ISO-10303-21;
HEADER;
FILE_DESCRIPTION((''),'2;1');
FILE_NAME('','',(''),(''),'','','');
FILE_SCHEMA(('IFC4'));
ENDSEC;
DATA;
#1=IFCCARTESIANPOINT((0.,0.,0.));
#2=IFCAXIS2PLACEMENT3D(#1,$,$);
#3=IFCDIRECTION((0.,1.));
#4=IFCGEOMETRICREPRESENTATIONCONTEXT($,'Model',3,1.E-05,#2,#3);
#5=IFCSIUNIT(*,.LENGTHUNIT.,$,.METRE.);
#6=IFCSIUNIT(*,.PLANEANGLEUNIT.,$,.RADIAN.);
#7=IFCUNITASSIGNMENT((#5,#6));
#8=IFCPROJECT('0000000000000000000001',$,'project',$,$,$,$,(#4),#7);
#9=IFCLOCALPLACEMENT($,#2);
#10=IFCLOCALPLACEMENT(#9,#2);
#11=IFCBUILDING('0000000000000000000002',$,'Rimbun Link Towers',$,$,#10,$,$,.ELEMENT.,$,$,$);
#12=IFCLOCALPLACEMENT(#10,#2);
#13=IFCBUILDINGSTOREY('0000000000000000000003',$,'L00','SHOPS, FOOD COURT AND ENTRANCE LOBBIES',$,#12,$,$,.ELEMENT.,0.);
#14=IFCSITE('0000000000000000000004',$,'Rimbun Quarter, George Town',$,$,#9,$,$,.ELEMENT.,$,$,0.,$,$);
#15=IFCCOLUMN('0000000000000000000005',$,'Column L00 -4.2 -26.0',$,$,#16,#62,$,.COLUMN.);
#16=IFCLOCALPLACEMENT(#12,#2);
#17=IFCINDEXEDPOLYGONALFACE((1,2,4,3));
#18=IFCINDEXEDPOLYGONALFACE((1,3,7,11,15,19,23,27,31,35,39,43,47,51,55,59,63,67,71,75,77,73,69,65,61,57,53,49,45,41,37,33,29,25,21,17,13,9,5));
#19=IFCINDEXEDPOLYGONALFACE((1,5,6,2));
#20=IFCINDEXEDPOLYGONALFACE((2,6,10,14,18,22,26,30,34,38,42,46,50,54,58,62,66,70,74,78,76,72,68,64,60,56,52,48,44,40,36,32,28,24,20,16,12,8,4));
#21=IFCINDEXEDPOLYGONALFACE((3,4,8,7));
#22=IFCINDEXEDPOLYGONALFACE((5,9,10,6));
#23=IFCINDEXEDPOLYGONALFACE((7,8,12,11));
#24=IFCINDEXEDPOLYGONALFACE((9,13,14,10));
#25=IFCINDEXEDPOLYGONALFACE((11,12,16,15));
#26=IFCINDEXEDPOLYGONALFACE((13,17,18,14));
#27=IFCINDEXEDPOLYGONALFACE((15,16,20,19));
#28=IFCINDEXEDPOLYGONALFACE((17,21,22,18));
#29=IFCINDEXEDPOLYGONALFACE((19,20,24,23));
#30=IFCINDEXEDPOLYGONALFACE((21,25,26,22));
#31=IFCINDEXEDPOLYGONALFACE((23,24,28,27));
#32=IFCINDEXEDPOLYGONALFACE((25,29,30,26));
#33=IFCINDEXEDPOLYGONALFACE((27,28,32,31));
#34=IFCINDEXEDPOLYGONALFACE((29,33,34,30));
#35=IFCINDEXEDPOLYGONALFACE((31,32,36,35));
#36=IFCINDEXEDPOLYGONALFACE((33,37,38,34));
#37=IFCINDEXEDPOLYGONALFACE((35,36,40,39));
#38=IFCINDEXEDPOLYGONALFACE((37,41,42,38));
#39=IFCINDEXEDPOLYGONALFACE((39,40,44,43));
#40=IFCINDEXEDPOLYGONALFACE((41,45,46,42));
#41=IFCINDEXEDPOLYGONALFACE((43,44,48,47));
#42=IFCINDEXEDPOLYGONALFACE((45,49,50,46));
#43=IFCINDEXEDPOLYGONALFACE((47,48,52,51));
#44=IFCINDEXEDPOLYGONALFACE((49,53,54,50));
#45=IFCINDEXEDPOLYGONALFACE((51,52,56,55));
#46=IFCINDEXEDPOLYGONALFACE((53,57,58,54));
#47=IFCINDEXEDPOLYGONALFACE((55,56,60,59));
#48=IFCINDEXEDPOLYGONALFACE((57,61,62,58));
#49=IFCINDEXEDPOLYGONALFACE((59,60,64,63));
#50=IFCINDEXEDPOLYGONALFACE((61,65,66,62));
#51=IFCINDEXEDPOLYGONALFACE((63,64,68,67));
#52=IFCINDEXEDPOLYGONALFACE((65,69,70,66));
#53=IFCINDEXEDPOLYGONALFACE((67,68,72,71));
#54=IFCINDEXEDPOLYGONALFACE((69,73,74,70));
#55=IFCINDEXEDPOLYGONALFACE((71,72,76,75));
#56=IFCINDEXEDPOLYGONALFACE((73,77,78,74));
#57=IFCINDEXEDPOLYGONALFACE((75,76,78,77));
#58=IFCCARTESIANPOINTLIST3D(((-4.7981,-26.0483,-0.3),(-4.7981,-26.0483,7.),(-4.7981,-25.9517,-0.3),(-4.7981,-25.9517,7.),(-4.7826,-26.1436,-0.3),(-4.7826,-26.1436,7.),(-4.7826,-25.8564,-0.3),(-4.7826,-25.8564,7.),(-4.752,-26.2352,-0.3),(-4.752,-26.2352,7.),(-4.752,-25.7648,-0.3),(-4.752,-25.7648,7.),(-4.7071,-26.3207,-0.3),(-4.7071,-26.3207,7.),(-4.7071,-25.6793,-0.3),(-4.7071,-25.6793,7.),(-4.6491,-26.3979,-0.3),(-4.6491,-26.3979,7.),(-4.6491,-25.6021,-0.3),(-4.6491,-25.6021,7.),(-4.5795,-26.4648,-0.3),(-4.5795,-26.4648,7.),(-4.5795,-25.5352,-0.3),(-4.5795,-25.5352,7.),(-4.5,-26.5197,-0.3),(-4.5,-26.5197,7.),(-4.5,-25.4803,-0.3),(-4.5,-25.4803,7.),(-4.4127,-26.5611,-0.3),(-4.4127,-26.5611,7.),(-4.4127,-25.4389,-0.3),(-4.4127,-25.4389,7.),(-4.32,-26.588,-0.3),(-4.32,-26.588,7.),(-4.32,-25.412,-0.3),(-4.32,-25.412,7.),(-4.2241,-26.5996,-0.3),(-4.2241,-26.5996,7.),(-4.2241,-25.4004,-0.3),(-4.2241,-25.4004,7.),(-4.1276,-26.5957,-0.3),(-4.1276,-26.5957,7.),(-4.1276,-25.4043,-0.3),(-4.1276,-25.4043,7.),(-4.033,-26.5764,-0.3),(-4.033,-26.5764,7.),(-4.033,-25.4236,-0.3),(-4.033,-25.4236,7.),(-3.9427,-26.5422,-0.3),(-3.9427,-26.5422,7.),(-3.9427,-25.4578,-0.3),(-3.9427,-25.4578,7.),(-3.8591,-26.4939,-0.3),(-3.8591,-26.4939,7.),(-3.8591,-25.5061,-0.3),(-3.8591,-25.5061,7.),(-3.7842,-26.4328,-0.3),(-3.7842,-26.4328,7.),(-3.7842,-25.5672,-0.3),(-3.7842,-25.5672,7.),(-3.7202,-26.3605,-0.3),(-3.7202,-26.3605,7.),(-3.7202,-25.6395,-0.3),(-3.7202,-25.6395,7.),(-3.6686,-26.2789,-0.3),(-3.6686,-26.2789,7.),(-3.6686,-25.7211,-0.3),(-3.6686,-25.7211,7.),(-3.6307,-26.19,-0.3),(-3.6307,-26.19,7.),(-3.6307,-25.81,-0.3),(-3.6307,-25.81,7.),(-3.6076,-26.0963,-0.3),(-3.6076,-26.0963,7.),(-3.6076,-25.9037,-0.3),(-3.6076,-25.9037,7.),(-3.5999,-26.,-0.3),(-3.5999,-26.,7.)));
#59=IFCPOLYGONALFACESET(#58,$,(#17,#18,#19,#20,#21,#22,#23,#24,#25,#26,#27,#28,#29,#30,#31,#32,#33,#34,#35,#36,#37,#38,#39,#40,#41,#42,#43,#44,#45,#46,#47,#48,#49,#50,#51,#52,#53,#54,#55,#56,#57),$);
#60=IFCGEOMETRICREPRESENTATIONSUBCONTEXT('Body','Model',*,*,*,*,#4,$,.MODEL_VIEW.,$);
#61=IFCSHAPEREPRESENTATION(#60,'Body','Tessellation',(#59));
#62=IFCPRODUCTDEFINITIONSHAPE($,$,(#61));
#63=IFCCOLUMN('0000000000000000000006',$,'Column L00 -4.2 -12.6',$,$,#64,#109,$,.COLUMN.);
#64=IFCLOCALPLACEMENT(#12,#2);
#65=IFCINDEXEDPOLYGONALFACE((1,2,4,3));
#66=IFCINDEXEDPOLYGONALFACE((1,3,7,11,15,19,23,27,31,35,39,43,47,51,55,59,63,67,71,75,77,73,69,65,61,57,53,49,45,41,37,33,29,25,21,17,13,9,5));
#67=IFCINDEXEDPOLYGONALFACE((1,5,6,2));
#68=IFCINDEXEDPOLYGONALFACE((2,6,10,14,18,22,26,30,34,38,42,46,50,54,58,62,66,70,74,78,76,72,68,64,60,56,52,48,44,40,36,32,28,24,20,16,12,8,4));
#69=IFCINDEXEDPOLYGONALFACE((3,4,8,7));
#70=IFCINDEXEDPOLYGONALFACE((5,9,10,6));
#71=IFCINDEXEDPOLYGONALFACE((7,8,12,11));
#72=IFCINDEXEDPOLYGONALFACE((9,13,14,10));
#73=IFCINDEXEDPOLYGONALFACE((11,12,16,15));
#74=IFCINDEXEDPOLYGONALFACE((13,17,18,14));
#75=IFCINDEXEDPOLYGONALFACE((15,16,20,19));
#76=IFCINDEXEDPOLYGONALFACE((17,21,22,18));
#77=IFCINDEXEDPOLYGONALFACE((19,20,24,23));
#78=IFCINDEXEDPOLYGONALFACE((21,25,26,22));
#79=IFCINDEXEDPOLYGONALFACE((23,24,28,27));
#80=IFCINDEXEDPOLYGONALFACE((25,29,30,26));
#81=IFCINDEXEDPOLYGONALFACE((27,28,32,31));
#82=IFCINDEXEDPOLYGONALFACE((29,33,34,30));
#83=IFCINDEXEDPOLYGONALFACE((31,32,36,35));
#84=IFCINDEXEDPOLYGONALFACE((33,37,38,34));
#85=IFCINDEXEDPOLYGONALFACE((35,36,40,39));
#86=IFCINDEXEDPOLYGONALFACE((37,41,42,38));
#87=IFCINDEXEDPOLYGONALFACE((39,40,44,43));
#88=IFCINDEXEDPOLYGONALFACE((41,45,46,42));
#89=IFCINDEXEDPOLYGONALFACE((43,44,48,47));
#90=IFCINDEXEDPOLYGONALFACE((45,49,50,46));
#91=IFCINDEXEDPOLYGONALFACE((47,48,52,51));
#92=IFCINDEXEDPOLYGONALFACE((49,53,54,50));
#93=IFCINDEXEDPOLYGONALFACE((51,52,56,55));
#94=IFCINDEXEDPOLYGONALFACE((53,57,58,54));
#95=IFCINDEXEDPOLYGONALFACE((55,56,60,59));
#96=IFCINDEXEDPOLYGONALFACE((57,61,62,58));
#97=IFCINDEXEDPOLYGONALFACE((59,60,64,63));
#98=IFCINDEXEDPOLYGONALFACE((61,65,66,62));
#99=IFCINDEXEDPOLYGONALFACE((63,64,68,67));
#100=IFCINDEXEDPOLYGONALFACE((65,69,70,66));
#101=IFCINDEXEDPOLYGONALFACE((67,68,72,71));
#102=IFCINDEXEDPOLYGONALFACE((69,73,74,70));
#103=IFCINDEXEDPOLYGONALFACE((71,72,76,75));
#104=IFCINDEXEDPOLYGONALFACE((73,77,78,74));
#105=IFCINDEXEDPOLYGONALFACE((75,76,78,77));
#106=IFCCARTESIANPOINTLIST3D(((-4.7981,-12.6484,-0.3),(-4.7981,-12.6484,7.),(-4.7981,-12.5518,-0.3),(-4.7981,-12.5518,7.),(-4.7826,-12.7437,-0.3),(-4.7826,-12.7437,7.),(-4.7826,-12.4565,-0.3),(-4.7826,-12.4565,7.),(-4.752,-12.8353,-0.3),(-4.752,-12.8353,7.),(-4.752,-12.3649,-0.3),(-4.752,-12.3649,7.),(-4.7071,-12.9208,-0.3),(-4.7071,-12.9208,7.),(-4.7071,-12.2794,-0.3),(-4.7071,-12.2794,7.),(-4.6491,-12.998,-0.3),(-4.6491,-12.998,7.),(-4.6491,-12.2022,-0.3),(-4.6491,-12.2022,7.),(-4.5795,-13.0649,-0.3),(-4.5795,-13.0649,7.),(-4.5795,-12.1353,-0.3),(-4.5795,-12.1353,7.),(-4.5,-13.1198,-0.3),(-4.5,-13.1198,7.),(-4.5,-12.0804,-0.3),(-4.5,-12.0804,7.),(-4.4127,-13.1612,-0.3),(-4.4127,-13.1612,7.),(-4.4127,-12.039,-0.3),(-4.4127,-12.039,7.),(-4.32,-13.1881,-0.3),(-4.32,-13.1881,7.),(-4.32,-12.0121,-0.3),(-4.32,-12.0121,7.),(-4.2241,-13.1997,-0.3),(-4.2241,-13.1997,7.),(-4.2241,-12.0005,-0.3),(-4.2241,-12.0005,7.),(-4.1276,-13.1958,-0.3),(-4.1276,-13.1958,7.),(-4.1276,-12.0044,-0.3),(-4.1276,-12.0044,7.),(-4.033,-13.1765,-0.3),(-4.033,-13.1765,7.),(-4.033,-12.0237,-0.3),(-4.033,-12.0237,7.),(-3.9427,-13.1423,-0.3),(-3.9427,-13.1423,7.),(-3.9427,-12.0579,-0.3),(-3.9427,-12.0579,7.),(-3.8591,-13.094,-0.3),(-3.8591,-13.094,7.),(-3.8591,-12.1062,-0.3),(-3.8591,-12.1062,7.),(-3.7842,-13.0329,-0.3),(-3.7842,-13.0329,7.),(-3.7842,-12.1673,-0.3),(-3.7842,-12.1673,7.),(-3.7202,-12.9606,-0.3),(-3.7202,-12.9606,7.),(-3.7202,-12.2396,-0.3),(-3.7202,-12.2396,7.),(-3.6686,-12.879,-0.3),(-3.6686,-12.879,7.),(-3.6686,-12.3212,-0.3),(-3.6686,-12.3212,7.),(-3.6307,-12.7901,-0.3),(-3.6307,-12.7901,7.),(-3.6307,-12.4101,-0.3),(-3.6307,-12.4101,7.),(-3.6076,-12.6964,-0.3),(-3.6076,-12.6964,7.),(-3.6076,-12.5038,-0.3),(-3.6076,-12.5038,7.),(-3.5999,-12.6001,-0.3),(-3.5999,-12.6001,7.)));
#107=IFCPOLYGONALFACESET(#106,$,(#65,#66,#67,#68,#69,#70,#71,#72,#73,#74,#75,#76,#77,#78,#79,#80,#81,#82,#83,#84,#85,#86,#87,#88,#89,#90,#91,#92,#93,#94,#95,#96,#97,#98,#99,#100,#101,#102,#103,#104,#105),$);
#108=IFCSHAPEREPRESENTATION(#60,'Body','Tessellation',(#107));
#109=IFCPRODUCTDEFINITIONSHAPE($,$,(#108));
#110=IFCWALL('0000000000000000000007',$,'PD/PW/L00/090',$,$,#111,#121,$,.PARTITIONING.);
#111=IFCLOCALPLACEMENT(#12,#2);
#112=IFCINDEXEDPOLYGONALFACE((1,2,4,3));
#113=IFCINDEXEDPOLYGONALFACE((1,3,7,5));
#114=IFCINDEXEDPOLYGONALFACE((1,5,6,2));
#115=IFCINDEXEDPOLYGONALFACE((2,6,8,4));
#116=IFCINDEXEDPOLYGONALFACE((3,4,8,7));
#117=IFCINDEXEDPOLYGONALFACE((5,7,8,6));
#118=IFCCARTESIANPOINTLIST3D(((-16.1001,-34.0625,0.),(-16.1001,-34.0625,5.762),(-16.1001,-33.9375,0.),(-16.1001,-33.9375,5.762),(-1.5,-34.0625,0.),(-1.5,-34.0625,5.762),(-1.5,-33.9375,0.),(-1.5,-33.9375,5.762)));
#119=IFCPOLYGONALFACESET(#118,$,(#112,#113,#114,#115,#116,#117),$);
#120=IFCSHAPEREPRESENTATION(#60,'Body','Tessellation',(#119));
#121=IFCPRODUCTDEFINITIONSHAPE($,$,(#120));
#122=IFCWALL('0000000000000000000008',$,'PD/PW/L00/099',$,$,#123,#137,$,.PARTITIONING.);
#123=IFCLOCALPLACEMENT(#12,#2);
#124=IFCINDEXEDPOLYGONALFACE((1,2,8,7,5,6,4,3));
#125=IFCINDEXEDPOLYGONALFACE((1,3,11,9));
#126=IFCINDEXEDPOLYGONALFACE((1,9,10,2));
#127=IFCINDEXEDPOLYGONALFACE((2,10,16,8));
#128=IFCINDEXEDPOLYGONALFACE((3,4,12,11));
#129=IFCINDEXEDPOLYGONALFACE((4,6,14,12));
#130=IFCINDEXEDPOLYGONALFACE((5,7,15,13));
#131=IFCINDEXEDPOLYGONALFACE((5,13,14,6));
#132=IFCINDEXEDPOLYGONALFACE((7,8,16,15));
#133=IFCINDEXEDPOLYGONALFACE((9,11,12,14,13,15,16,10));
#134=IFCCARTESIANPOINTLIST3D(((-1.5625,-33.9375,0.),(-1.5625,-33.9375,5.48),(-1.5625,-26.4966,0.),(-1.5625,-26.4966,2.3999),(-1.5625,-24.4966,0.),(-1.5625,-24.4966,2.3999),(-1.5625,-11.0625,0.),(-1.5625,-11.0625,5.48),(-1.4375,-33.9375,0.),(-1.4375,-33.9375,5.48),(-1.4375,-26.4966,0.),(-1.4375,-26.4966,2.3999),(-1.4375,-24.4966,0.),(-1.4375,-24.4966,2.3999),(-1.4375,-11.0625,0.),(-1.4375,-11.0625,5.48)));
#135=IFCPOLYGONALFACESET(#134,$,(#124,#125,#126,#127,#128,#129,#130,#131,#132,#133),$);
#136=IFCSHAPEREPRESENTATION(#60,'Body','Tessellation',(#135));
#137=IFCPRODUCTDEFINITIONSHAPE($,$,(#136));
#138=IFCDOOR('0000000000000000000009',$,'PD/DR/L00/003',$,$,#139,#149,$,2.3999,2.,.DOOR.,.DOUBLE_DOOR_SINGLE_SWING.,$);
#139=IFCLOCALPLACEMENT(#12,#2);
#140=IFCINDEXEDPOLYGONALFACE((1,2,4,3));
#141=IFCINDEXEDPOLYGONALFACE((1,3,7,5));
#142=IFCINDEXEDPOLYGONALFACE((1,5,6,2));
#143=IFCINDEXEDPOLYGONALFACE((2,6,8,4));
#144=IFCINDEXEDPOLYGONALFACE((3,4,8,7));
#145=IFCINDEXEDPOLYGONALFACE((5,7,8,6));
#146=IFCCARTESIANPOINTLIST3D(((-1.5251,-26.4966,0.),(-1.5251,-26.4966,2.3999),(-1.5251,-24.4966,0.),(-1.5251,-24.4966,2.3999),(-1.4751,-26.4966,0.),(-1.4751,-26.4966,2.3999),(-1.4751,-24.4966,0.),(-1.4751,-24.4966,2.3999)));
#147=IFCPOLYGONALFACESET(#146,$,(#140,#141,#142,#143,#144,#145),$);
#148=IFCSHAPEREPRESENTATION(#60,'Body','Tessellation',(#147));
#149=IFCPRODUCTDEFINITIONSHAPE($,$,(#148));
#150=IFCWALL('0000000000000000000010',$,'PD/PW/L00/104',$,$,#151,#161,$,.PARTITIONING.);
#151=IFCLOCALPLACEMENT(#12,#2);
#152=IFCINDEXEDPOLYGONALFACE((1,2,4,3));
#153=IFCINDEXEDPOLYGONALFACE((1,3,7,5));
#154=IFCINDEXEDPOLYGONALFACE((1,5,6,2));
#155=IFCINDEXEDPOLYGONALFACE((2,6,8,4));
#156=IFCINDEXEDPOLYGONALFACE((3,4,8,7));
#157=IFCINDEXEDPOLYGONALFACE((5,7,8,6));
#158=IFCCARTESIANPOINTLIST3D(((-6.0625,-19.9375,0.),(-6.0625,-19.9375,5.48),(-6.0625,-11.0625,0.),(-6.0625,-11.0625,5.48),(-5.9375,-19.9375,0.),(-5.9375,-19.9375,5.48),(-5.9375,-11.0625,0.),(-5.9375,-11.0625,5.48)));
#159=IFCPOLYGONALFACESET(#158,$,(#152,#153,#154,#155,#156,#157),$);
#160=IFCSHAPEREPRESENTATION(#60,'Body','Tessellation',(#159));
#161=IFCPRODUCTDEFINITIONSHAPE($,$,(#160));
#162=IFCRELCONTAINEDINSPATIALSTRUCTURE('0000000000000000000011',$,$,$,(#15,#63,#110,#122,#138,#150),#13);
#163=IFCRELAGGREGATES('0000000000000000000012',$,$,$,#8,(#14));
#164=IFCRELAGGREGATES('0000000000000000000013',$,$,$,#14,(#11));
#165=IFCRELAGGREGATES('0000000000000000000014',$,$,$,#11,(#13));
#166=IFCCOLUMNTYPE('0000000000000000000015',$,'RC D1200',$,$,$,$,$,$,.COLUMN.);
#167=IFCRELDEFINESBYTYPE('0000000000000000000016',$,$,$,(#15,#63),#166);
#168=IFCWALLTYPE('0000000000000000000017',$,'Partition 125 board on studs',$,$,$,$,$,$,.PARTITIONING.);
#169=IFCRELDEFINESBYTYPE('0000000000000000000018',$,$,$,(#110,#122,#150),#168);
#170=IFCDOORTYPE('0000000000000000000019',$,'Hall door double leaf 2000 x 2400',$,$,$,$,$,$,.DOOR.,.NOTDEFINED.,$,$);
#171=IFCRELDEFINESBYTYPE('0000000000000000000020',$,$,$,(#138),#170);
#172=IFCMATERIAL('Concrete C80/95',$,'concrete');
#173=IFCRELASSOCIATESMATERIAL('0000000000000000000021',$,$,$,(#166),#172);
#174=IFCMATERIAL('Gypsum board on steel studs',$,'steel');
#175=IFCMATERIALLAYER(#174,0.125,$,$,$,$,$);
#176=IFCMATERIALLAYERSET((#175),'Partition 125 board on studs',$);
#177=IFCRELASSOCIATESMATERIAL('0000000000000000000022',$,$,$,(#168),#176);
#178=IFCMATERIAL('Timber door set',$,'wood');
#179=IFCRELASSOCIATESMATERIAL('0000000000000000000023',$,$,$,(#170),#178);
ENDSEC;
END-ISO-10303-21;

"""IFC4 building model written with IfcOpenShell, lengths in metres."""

from ifc_helpers import new_model, si_unit, direction, frame, frame_2d, origin, origin_2d, place, context, subcontext, project, spatial, rectangle, circle, extrude, material, layer, layer_set, material_profile, profile_set, type_object, element, fill, save


model = new_model("IFC4")

# Units and contexts
model_context = context("Model", 3, precision=1e-05, world=origin(), true_north=direction((0.0, 1.0)))
body_context = subcontext(model_context, "Body", "Model", "MODEL_VIEW")
ifc_project = project(units=[si_unit("LENGTHUNIT", "METRE"), si_unit("PLANEANGLEUNIT", "RADIAN")], contexts=[model_context])

# Site, building, storey
site_placement = place(None, origin())
site = spatial("IfcSite", under=ifc_project, at=site_placement, Name="Rimbun Quarter, George Town", CompositionType="ELEMENT", RefElevation=0.0)
building_placement = place(site_placement, origin())
building = spatial("IfcBuilding", under=site, at=building_placement, Name="Rimbun Link Towers", CompositionType="ELEMENT")
storey_placement = place(building_placement, origin())
storey = spatial("IfcBuildingStorey", under=building, at=storey_placement, Name="L00", Description="SHOPS, FOOD COURT AND ENTRANCE LOBBIES", CompositionType="ELEMENT", Elevation=0.0)

# Columns
ifc_material_1 = material(Name="Concrete C80/95", Category="concrete")
ifc_material_profile_1 = material_profile(ifc_material_1, circle(Radius=0.6001, at=origin_2d()), Name="RC D1200")
ifc_profile_set_1 = profile_set([ifc_material_profile_1], Name="Concrete C80/95")
column_type = type_object("IfcColumnType", Name="RC D1200", PredefinedType="COLUMN", material=ifc_profile_set_1)
for number, where, z_axis, x_axis, name in (
    (1, (-4.2, -26.0, -0.3), (0.0, 0.0, 1.0), (1.0, 0.0, 0.0), "Column L00 -4.2 -26.0"),
    (2, (-4.2, -12.6001, -0.3), (0.0, 0.0, 1.0), (1.0, 0.0, 0.0), "Column L00 -4.2 -12.6"),
):
    element("IfcColumn", number, at=place(storey_placement, frame(where, z_axis=z_axis, x_axis=x_axis)), inside=storey, type_object=column_type, Name=name, PredefinedType="COLUMN", context=body_context, shape_type="SweptSolid", body=[
        extrude(circle(Radius=0.6001, at=origin_2d()), origin(), (0.0, 0.0, 1.0), 7.3),
    ])

# Wall
ifc_material_2 = material(Name="Gypsum board on steel studs", Category="steel")
ifc_layer = layer(ifc_material_2, 0.125)
ifc_layer_set = layer_set([ifc_layer], Name="Partition 125 board on studs")
wall_type = type_object("IfcWallType", Name="Partition 125 board on studs", PredefinedType="PARTITIONING", material=ifc_layer_set)
wall_1_placement = place(storey_placement, frame((-1.5, -34.0, 0.0), z_axis=(0.0, 0.0, 1.0), x_axis=(-1.0, 0.0, 0.0)))
element("IfcWall", 3, at=wall_1_placement, inside=storey, type_object=wall_type, Name="PD/PW/L00/090", PredefinedType="PARTITIONING", context=body_context, shape_type="SweptSolid", body=[
    extrude(rectangle(XDim=14.6001, YDim=0.125, at=frame_2d((7.3, 0.0))), origin(), (0.0, 0.0, 1.0), 5.762),
])

# Wall, opening, door
wall_2_placement = place(storey_placement, frame((-1.5, -11.0625, 0.0), z_axis=(0.0, 0.0, 1.0), x_axis=(0.0, -1.0, 0.0)))
wall_2 = element("IfcWall", 4, at=wall_2_placement, inside=storey, type_object=wall_type, Name="PD/PW/L00/099", PredefinedType="PARTITIONING", context=body_context, shape_type="SweptSolid", body=[
    extrude(rectangle(XDim=22.875, YDim=0.125, at=frame_2d((11.4375, 0.0))), origin(), (0.0, 0.0, 1.0), 5.48),
])
opening_placement = place(wall_2_placement, frame((13.4341, 0.0, 0.0)))
opening = element("IfcOpeningElement", 5, at=opening_placement, cuts=wall_2, PredefinedType="OPENING", context=body_context, shape_type="SweptSolid", body=[
    extrude(rectangle(XDim=2.0, YDim=2.3999, at=frame_2d((1.0, 1.2))), frame((0.0, 0.0725, 0.0), z_axis=(0.0, -1.0, 0.0), x_axis=(1.0, 0.0, 0.0)), (0.0, 0.0, 1.0), 0.145),
])
ifc_material_3 = material(Name="Timber door set", Category="wood")
door_type = type_object("IfcDoorType", Name="Hall door double leaf 2000 x 2400", OperationType="NOTDEFINED", PredefinedType="DOOR", material=ifc_material_3)
door_placement = place(opening_placement, origin())
door = element("IfcDoor", 6, at=door_placement, inside=storey, type_object=door_type, Name="PD/DR/L00/003", OperationType="DOUBLE_DOOR_SINGLE_SWING", OverallHeight=2.3999, OverallWidth=2.0, PredefinedType="DOOR", context=body_context, shape_type="SweptSolid", body=[
    extrude(rectangle(XDim=2.0, YDim=2.3999, at=frame_2d((1.0, 1.2))), frame((0.0, 0.0249, 0.0), z_axis=(0.0, -1.0, 0.0), x_axis=(1.0, 0.0, 0.0)), (0.0, 0.0, 1.0), 0.05),
])
fill(opening, door)

# Wall
wall_3_placement = place(storey_placement, frame((-6.0, -19.9375, 0.0), z_axis=(0.0, 0.0, 1.0), x_axis=(0.0, 1.0, 0.0)))
element("IfcWall", 7, at=wall_3_placement, inside=storey, type_object=wall_type, Name="PD/PW/L00/104", PredefinedType="PARTITIONING", context=body_context, shape_type="SweptSolid", body=[
    extrude(rectangle(XDim=8.875, YDim=0.125, at=frame_2d((4.4375, 0.0))), origin(), (0.0, 0.0, 1.0), 5.48),
])

save(model, "model.ifc")
